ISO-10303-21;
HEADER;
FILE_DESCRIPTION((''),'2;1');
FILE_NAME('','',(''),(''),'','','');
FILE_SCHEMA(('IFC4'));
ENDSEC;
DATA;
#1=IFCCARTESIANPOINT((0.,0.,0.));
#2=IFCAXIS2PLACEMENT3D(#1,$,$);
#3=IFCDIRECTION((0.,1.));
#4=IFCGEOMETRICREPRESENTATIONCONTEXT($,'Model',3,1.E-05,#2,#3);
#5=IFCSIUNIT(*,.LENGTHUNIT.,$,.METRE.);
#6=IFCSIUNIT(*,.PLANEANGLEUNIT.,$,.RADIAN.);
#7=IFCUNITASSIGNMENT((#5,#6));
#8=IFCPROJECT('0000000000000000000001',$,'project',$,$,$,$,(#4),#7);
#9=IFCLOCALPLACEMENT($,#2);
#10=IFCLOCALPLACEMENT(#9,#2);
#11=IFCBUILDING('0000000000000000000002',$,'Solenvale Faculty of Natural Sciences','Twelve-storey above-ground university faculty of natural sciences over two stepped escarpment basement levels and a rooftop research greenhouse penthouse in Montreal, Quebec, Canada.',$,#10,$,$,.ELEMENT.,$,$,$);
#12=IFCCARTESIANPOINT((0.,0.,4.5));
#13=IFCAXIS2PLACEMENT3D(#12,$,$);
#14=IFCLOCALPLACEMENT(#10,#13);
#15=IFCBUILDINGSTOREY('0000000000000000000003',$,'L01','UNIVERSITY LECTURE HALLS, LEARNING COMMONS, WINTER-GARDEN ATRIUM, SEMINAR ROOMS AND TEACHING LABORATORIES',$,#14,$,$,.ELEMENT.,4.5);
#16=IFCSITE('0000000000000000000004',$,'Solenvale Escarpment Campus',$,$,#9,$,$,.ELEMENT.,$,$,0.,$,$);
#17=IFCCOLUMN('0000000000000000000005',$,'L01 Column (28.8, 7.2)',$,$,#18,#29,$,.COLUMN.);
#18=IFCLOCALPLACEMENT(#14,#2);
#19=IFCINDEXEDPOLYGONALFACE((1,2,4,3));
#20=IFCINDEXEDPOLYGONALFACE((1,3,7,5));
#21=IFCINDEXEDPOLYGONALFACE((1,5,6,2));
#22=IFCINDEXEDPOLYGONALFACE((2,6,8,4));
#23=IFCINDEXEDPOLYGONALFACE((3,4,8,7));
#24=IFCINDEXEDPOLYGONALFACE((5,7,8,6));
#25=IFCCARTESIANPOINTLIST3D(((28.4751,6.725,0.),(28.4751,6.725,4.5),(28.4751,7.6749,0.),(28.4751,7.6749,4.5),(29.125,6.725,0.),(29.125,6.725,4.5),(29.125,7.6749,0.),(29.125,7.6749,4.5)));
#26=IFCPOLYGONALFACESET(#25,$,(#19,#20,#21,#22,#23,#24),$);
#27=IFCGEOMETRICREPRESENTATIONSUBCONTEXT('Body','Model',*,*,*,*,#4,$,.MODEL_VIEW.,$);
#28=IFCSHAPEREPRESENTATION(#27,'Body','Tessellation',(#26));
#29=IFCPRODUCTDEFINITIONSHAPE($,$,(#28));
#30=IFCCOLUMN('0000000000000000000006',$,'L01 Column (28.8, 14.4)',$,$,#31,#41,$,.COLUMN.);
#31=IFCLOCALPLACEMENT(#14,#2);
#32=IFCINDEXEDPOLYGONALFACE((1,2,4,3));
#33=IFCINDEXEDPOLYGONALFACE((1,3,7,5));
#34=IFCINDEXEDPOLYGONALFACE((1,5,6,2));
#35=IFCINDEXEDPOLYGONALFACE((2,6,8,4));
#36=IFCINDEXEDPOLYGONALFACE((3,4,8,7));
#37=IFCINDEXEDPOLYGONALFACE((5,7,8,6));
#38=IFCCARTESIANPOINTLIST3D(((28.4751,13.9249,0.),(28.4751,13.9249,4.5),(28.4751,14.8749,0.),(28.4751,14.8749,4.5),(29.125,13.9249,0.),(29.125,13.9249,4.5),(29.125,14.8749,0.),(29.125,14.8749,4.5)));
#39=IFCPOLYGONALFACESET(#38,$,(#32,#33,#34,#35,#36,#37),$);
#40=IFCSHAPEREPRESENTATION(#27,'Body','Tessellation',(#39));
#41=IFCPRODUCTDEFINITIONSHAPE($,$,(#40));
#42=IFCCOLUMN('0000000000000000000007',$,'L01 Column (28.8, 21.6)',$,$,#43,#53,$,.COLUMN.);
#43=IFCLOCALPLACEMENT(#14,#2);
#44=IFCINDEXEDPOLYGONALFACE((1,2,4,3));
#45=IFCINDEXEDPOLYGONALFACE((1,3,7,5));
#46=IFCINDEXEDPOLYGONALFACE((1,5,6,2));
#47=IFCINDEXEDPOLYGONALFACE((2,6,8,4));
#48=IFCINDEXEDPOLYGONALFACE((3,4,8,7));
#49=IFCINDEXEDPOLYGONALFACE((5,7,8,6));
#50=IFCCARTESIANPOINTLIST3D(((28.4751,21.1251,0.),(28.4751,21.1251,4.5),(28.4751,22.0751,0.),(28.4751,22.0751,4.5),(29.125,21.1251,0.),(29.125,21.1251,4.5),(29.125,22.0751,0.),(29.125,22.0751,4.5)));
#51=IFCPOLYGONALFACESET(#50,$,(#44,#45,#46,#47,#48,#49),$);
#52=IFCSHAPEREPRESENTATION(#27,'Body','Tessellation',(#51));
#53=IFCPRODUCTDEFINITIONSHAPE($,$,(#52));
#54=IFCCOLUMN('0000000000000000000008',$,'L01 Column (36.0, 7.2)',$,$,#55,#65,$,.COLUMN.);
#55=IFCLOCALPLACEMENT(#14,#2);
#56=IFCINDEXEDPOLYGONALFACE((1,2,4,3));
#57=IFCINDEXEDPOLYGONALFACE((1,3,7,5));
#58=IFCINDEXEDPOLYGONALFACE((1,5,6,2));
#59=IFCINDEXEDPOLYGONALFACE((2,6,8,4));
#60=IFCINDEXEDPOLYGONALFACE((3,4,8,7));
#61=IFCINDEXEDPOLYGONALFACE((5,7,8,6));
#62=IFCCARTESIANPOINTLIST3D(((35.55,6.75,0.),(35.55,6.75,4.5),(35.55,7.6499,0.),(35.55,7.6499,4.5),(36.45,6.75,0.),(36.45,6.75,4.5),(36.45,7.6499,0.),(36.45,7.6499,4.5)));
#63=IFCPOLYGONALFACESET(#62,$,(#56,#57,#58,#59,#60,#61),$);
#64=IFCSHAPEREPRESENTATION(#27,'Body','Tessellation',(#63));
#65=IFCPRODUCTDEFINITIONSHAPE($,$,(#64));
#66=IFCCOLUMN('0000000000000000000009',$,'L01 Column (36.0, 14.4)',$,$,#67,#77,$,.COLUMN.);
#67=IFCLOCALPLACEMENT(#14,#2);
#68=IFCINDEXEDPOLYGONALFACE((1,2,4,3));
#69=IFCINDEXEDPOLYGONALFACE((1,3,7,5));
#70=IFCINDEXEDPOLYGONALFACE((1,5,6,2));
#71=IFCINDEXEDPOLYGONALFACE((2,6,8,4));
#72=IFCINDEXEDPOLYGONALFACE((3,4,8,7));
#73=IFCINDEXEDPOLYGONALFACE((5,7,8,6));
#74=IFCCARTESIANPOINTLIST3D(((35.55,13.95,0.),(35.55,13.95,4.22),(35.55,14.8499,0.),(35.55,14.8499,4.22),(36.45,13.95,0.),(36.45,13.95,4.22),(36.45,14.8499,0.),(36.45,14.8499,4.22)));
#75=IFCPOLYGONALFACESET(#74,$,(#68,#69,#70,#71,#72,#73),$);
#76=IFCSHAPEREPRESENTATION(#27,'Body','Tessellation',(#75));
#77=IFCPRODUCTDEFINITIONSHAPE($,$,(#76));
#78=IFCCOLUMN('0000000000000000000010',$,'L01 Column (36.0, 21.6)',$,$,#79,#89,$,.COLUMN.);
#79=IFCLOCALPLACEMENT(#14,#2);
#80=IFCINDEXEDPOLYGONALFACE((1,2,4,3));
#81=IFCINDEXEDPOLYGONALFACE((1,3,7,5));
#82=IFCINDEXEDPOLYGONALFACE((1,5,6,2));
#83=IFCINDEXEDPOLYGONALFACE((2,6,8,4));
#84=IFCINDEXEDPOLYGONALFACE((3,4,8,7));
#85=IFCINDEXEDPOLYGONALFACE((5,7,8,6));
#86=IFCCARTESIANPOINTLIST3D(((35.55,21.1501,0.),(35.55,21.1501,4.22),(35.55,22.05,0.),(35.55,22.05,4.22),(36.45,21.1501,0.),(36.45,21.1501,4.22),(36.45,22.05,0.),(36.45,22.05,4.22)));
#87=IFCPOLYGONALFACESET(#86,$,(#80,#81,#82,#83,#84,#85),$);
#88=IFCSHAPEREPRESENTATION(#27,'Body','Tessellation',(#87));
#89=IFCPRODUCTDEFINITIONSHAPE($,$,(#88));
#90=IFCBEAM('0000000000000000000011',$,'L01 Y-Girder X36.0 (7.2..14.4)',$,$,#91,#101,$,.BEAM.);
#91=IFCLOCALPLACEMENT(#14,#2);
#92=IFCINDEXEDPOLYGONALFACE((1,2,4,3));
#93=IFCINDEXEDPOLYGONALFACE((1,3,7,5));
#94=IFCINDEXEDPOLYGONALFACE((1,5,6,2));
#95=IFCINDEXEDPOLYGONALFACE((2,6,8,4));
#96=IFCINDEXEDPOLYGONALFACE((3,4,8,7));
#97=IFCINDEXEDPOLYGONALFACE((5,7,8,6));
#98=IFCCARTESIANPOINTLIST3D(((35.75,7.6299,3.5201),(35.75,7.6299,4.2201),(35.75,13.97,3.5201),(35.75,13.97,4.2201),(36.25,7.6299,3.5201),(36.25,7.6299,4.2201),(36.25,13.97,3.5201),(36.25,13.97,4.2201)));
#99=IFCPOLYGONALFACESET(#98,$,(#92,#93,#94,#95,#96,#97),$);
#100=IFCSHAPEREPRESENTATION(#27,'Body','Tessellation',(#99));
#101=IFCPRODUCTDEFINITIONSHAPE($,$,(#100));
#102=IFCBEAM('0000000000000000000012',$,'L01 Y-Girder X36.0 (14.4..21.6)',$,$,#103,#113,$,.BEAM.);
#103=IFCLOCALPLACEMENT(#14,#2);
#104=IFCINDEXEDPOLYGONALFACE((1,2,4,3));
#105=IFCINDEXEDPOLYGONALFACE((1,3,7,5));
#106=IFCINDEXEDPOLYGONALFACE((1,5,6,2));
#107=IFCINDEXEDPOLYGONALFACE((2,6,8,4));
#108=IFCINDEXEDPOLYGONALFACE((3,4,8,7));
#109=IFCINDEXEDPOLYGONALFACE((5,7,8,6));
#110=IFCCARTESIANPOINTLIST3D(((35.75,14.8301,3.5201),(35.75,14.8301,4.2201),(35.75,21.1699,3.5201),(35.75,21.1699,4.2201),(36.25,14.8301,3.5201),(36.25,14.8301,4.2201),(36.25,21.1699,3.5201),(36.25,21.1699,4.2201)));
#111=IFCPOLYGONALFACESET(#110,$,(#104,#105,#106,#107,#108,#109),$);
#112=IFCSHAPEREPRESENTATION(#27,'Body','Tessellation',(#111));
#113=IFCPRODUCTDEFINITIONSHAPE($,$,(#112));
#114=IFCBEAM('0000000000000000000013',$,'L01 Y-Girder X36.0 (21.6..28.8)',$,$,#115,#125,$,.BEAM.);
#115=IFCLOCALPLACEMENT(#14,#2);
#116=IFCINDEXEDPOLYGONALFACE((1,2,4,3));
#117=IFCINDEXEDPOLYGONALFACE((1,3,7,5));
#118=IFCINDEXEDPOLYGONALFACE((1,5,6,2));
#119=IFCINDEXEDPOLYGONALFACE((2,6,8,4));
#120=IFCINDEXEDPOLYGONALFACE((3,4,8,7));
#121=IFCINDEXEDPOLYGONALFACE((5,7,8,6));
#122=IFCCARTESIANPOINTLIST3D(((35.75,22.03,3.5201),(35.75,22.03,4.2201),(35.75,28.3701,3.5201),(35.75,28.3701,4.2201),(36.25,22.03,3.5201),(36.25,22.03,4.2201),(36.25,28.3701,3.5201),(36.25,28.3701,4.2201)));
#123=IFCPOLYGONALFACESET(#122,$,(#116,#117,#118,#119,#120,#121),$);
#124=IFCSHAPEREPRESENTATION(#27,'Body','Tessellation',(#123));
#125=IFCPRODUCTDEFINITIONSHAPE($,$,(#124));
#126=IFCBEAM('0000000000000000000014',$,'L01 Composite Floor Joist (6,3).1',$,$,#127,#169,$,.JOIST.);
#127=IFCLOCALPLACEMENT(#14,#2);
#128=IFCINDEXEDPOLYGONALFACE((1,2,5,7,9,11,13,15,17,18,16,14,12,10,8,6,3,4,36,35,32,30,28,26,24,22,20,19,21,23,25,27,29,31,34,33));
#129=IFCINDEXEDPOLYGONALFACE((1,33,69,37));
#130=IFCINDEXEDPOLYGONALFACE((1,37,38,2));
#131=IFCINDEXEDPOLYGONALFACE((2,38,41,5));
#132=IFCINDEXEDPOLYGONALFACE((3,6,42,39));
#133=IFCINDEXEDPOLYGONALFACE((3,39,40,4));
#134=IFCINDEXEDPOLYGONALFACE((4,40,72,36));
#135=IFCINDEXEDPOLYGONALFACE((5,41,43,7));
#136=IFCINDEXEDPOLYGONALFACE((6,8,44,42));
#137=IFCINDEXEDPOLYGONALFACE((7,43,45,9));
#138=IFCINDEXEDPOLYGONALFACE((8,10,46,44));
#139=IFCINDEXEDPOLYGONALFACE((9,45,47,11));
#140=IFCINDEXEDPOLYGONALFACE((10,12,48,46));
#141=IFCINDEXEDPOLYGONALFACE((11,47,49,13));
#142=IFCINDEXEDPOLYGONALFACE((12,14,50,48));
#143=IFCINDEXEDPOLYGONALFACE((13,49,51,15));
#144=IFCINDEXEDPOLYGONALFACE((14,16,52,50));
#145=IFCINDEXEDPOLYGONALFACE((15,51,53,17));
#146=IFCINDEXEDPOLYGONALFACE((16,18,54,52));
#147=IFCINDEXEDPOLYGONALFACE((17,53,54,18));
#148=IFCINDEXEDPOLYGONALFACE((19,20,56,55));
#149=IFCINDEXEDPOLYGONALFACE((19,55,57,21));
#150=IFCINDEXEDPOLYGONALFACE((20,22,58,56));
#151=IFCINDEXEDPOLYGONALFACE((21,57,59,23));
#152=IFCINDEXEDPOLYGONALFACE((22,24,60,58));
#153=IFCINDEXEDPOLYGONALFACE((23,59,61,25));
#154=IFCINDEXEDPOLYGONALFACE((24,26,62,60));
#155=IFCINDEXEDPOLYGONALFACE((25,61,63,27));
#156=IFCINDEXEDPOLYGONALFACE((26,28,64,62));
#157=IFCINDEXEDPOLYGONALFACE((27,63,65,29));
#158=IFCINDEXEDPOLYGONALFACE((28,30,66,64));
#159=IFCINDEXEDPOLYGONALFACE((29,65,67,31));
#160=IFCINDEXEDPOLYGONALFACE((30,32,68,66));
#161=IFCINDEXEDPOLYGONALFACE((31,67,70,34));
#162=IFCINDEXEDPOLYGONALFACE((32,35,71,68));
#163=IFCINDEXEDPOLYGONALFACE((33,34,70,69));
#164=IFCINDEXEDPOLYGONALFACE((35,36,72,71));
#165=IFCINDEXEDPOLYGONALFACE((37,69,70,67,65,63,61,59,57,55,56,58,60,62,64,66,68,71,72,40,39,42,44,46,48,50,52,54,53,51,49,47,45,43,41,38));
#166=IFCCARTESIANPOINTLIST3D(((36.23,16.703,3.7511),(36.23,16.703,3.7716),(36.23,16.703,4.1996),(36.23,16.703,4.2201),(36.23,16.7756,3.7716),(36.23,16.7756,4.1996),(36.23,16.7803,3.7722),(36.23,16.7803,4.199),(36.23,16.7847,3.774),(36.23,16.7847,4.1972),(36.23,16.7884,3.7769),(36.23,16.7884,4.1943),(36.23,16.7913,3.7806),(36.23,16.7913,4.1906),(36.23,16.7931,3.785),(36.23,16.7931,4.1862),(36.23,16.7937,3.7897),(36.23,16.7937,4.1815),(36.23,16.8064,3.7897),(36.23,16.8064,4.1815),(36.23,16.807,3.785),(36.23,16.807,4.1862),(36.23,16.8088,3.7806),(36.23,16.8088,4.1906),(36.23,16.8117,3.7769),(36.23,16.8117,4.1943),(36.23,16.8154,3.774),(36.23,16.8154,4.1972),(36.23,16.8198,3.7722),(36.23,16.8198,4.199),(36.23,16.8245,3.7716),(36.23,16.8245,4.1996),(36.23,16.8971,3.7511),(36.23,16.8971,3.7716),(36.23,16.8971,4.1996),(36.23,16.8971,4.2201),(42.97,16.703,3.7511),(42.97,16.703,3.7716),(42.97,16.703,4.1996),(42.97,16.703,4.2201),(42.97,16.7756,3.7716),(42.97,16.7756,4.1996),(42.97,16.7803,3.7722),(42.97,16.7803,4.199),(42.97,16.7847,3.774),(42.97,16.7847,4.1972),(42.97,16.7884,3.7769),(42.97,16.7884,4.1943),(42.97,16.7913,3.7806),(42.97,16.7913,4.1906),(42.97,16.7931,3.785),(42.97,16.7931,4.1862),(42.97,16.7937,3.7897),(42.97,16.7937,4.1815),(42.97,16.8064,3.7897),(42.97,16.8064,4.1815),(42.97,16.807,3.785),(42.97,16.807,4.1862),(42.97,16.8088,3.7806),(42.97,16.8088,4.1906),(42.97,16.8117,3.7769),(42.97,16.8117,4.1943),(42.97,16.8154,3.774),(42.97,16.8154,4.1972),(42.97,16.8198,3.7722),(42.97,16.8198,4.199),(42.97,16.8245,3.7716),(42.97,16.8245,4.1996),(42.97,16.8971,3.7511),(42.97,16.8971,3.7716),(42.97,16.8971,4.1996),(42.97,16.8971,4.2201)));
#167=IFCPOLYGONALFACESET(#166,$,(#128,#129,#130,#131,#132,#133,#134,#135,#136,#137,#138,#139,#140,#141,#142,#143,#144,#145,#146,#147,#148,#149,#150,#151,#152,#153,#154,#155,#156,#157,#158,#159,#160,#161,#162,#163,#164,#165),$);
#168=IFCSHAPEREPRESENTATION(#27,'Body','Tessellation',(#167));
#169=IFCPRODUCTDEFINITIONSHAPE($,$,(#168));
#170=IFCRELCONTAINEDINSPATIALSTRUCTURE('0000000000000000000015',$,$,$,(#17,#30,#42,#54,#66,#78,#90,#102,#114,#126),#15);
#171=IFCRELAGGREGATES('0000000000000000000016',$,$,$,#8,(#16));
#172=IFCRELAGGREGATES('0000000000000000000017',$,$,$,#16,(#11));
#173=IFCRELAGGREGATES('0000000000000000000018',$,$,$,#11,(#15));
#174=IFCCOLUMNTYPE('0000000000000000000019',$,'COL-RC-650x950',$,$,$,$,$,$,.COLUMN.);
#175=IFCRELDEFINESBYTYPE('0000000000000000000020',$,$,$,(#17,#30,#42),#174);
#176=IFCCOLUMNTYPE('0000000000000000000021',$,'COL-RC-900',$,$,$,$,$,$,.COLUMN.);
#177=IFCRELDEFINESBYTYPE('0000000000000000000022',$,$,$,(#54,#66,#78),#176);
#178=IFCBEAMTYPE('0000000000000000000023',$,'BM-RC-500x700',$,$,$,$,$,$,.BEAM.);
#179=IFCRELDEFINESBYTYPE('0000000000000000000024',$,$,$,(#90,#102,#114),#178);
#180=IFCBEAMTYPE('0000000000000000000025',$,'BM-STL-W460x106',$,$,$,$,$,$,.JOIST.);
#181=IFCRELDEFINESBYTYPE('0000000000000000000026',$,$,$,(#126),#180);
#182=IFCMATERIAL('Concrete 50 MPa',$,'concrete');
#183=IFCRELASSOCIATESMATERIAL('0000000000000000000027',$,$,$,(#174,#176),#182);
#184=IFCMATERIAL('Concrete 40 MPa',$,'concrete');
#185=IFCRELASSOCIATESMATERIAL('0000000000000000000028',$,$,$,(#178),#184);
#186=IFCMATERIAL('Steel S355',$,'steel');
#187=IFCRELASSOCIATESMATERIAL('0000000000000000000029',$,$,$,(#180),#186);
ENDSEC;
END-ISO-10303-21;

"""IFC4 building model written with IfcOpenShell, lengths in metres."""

from ifc_helpers import new_model, si_unit, direction, frame, origin, origin_2d, place, context, subcontext, project, spatial, rectangle, i_section, extrude, material, material_profile, profile_set, type_object, element, save


model = new_model("IFC4")

# Units and contexts
model_context = context("Model", 3, precision=1e-05, world=origin(), true_north=direction((0.0, 1.0)))
body_context = subcontext(model_context, "Body", "Model", "MODEL_VIEW")
ifc_project = project(units=[si_unit("LENGTHUNIT", "METRE"), si_unit("PLANEANGLEUNIT", "RADIAN")], contexts=[model_context])

# Site, building, storey
site_placement = place(None, origin())
site = spatial("IfcSite", under=ifc_project, at=site_placement, Name="Solenvale Escarpment Campus", CompositionType="ELEMENT", RefElevation=0.0)
building_placement = place(site_placement, origin())
building = spatial("IfcBuilding", under=site, at=building_placement, Name="Solenvale Faculty of Natural Sciences", Description="Twelve-storey above-ground university faculty of natural sciences over two stepped escarpment basement levels and a rooftop research greenhouse penthouse in Montreal, Quebec, Canada.", CompositionType="ELEMENT")
storey_placement = place(building_placement, frame((0.0, 0.0, 4.5)))
storey = spatial("IfcBuildingStorey", under=building, at=storey_placement, Name="L01", Description="UNIVERSITY LECTURE HALLS, LEARNING COMMONS, WINTER-GARDEN ATRIUM, SEMINAR ROOMS AND TEACHING LABORATORIES", CompositionType="ELEMENT", Elevation=4.5)

# Columns
ifc_material_1 = material(Name="Concrete 50 MPa", Category="concrete")
ifc_material_profile_1 = material_profile(ifc_material_1, rectangle(XDim=0.6499, YDim=0.95, at=origin_2d()), Name="RC-COL-650x950")
ifc_profile_set_1 = profile_set([ifc_material_profile_1], Name="Concrete 50 MPa")
column_type_1 = type_object("IfcColumnType", Name="COL-RC-650x950", PredefinedType="COLUMN", material=ifc_profile_set_1)
for number, where, z_axis, x_axis, name in (
    (1, (28.8, 7.2, 0.0), (0.0, 0.0, 1.0), (1.0, 0.0, 0.0), "L01 Column (28.8, 7.2)"),
    (2, (28.8, 14.3999, 0.0), (0.0, 0.0, 1.0), (1.0, 0.0, 0.0), "L01 Column (28.8, 14.4)"),
    (3, (28.8, 21.6001, 0.0), (0.0, 0.0, 1.0), (1.0, 0.0, 0.0), "L01 Column (28.8, 21.6)"),
):
    element("IfcColumn", number, at=place(storey_placement, frame(where, z_axis=z_axis, x_axis=x_axis)), inside=storey, type_object=column_type_1, Name=name, PredefinedType="COLUMN", context=body_context, shape_type="SweptSolid", body=[
        extrude(rectangle(XDim=0.6499, YDim=0.95, at=origin_2d()), origin(), (0.0, 0.0, 1.0), 4.5),
    ])
ifc_material_profile_2 = material_profile(ifc_material_1, rectangle(XDim=0.8999, YDim=0.8999, at=origin_2d()), Name="RC-COL-900x900")
ifc_profile_set_2 = profile_set([ifc_material_profile_2], Name="Concrete 50 MPa")
column_type_2 = type_object("IfcColumnType", Name="COL-RC-900", PredefinedType="COLUMN", material=ifc_profile_set_2)
column_placement = place(storey_placement, frame((36.0, 7.2, 0.0), z_axis=(0.0, 0.0, 1.0), x_axis=(1.0, 0.0, 0.0)))
element("IfcColumn", 4, at=column_placement, inside=storey, type_object=column_type_2, Name="L01 Column (36.0, 7.2)", PredefinedType="COLUMN", context=body_context, shape_type="SweptSolid", body=[
    extrude(rectangle(XDim=0.8999, YDim=0.8999, at=origin_2d()), origin(), (0.0, 0.0, 1.0), 4.5),
])
for number, where, z_axis, x_axis, name in (
    (5, (36.0, 14.3999, 0.0), (0.0, 0.0, 1.0), (1.0, 0.0, 0.0), "L01 Column (36.0, 14.4)"),
    (6, (36.0, 21.6001, 0.0), (0.0, 0.0, 1.0), (1.0, 0.0, 0.0), "L01 Column (36.0, 21.6)"),
):
    element("IfcColumn", number, at=place(storey_placement, frame(where, z_axis=z_axis, x_axis=x_axis)), inside=storey, type_object=column_type_2, Name=name, PredefinedType="COLUMN", context=body_context, shape_type="SweptSolid", body=[
        extrude(rectangle(XDim=0.8999, YDim=0.8999, at=origin_2d()), origin(), (0.0, 0.0, 1.0), 4.22),
    ])

# Beams
ifc_material_2 = material(Name="Concrete 40 MPa", Category="concrete")
ifc_material_profile_3 = material_profile(ifc_material_2, rectangle(XDim=0.5, YDim=0.7, at=origin_2d()), Name="RC-BM-500x700")
ifc_profile_set_3 = profile_set([ifc_material_profile_3], Name="Concrete 40 MPa")
beam_type_1 = type_object("IfcBeamType", Name="BM-RC-500x700", PredefinedType="BEAM", material=ifc_profile_set_3)
beam_1_placement = place(storey_placement, frame((36.0, 7.6299, 3.8701), z_axis=(0.0, 1.0, 0.0), x_axis=(-1.0, 0.0, 0.0)))
element("IfcBeam", 7, at=beam_1_placement, inside=storey, type_object=beam_type_1, Name="L01 Y-Girder X36.0 (7.2..14.4)", PredefinedType="BEAM", context=body_context, shape_type="SweptSolid", body=[
    extrude(rectangle(XDim=0.5, YDim=0.7, at=origin_2d()), origin(), (0.0, 0.0, 1.0), 6.3401),
])
beam_2_placement = place(storey_placement, frame((36.0, 14.8301, 3.8701), z_axis=(0.0, 1.0, 0.0), x_axis=(-1.0, 0.0, 0.0)))
element("IfcBeam", 8, at=beam_2_placement, inside=storey, type_object=beam_type_1, Name="L01 Y-Girder X36.0 (14.4..21.6)", PredefinedType="BEAM", context=body_context, shape_type="SweptSolid", body=[
    extrude(rectangle(XDim=0.5, YDim=0.7, at=origin_2d()), origin(), (0.0, 0.0, 1.0), 6.3398),
])
beam_3_placement = place(storey_placement, frame((36.0, 22.03, 3.8701), z_axis=(0.0, 1.0, 0.0), x_axis=(-1.0, 0.0, 0.0)))
element("IfcBeam", 9, at=beam_3_placement, inside=storey, type_object=beam_type_1, Name="L01 Y-Girder X36.0 (21.6..28.8)", PredefinedType="BEAM", context=body_context, shape_type="SweptSolid", body=[
    extrude(rectangle(XDim=0.5, YDim=0.7, at=origin_2d()), origin(), (0.0, 0.0, 1.0), 6.3401),
])
ifc_material_3 = material(Name="Steel S355", Category="steel")
ifc_material_profile_4 = material_profile(ifc_material_3, i_section(OverallWidth=0.1941, OverallDepth=0.469, WebThickness=0.0127, FlangeThickness=0.0205, FilletRadius=0.0181, at=origin_2d()), Name="W460x106")
ifc_profile_set_4 = profile_set([ifc_material_profile_4], Name="Steel S355")
beam_type_2 = type_object("IfcBeamType", Name="BM-STL-W460x106", PredefinedType="JOIST", material=ifc_profile_set_4)
for number, where, z_axis, x_axis, name in (
    (10, (36.23, 16.8, 3.9856), (1.0, 0.0, 0.0), (0.0, 1.0, 0.0), "L01 Composite Floor Joist (6,3).1"),
):
    element("IfcBeam", number, at=place(storey_placement, frame(where, z_axis=z_axis, x_axis=x_axis)), inside=storey, type_object=beam_type_2, Name=name, PredefinedType="JOIST", context=body_context, shape_type="SweptSolid", body=[
        extrude(i_section(OverallWidth=0.1941, OverallDepth=0.469, WebThickness=0.0127, FlangeThickness=0.0205, FilletRadius=0.0181, at=origin_2d()), origin(), (0.0, 0.0, 1.0), 6.74),
    ])

save(model, "model.ifc")
